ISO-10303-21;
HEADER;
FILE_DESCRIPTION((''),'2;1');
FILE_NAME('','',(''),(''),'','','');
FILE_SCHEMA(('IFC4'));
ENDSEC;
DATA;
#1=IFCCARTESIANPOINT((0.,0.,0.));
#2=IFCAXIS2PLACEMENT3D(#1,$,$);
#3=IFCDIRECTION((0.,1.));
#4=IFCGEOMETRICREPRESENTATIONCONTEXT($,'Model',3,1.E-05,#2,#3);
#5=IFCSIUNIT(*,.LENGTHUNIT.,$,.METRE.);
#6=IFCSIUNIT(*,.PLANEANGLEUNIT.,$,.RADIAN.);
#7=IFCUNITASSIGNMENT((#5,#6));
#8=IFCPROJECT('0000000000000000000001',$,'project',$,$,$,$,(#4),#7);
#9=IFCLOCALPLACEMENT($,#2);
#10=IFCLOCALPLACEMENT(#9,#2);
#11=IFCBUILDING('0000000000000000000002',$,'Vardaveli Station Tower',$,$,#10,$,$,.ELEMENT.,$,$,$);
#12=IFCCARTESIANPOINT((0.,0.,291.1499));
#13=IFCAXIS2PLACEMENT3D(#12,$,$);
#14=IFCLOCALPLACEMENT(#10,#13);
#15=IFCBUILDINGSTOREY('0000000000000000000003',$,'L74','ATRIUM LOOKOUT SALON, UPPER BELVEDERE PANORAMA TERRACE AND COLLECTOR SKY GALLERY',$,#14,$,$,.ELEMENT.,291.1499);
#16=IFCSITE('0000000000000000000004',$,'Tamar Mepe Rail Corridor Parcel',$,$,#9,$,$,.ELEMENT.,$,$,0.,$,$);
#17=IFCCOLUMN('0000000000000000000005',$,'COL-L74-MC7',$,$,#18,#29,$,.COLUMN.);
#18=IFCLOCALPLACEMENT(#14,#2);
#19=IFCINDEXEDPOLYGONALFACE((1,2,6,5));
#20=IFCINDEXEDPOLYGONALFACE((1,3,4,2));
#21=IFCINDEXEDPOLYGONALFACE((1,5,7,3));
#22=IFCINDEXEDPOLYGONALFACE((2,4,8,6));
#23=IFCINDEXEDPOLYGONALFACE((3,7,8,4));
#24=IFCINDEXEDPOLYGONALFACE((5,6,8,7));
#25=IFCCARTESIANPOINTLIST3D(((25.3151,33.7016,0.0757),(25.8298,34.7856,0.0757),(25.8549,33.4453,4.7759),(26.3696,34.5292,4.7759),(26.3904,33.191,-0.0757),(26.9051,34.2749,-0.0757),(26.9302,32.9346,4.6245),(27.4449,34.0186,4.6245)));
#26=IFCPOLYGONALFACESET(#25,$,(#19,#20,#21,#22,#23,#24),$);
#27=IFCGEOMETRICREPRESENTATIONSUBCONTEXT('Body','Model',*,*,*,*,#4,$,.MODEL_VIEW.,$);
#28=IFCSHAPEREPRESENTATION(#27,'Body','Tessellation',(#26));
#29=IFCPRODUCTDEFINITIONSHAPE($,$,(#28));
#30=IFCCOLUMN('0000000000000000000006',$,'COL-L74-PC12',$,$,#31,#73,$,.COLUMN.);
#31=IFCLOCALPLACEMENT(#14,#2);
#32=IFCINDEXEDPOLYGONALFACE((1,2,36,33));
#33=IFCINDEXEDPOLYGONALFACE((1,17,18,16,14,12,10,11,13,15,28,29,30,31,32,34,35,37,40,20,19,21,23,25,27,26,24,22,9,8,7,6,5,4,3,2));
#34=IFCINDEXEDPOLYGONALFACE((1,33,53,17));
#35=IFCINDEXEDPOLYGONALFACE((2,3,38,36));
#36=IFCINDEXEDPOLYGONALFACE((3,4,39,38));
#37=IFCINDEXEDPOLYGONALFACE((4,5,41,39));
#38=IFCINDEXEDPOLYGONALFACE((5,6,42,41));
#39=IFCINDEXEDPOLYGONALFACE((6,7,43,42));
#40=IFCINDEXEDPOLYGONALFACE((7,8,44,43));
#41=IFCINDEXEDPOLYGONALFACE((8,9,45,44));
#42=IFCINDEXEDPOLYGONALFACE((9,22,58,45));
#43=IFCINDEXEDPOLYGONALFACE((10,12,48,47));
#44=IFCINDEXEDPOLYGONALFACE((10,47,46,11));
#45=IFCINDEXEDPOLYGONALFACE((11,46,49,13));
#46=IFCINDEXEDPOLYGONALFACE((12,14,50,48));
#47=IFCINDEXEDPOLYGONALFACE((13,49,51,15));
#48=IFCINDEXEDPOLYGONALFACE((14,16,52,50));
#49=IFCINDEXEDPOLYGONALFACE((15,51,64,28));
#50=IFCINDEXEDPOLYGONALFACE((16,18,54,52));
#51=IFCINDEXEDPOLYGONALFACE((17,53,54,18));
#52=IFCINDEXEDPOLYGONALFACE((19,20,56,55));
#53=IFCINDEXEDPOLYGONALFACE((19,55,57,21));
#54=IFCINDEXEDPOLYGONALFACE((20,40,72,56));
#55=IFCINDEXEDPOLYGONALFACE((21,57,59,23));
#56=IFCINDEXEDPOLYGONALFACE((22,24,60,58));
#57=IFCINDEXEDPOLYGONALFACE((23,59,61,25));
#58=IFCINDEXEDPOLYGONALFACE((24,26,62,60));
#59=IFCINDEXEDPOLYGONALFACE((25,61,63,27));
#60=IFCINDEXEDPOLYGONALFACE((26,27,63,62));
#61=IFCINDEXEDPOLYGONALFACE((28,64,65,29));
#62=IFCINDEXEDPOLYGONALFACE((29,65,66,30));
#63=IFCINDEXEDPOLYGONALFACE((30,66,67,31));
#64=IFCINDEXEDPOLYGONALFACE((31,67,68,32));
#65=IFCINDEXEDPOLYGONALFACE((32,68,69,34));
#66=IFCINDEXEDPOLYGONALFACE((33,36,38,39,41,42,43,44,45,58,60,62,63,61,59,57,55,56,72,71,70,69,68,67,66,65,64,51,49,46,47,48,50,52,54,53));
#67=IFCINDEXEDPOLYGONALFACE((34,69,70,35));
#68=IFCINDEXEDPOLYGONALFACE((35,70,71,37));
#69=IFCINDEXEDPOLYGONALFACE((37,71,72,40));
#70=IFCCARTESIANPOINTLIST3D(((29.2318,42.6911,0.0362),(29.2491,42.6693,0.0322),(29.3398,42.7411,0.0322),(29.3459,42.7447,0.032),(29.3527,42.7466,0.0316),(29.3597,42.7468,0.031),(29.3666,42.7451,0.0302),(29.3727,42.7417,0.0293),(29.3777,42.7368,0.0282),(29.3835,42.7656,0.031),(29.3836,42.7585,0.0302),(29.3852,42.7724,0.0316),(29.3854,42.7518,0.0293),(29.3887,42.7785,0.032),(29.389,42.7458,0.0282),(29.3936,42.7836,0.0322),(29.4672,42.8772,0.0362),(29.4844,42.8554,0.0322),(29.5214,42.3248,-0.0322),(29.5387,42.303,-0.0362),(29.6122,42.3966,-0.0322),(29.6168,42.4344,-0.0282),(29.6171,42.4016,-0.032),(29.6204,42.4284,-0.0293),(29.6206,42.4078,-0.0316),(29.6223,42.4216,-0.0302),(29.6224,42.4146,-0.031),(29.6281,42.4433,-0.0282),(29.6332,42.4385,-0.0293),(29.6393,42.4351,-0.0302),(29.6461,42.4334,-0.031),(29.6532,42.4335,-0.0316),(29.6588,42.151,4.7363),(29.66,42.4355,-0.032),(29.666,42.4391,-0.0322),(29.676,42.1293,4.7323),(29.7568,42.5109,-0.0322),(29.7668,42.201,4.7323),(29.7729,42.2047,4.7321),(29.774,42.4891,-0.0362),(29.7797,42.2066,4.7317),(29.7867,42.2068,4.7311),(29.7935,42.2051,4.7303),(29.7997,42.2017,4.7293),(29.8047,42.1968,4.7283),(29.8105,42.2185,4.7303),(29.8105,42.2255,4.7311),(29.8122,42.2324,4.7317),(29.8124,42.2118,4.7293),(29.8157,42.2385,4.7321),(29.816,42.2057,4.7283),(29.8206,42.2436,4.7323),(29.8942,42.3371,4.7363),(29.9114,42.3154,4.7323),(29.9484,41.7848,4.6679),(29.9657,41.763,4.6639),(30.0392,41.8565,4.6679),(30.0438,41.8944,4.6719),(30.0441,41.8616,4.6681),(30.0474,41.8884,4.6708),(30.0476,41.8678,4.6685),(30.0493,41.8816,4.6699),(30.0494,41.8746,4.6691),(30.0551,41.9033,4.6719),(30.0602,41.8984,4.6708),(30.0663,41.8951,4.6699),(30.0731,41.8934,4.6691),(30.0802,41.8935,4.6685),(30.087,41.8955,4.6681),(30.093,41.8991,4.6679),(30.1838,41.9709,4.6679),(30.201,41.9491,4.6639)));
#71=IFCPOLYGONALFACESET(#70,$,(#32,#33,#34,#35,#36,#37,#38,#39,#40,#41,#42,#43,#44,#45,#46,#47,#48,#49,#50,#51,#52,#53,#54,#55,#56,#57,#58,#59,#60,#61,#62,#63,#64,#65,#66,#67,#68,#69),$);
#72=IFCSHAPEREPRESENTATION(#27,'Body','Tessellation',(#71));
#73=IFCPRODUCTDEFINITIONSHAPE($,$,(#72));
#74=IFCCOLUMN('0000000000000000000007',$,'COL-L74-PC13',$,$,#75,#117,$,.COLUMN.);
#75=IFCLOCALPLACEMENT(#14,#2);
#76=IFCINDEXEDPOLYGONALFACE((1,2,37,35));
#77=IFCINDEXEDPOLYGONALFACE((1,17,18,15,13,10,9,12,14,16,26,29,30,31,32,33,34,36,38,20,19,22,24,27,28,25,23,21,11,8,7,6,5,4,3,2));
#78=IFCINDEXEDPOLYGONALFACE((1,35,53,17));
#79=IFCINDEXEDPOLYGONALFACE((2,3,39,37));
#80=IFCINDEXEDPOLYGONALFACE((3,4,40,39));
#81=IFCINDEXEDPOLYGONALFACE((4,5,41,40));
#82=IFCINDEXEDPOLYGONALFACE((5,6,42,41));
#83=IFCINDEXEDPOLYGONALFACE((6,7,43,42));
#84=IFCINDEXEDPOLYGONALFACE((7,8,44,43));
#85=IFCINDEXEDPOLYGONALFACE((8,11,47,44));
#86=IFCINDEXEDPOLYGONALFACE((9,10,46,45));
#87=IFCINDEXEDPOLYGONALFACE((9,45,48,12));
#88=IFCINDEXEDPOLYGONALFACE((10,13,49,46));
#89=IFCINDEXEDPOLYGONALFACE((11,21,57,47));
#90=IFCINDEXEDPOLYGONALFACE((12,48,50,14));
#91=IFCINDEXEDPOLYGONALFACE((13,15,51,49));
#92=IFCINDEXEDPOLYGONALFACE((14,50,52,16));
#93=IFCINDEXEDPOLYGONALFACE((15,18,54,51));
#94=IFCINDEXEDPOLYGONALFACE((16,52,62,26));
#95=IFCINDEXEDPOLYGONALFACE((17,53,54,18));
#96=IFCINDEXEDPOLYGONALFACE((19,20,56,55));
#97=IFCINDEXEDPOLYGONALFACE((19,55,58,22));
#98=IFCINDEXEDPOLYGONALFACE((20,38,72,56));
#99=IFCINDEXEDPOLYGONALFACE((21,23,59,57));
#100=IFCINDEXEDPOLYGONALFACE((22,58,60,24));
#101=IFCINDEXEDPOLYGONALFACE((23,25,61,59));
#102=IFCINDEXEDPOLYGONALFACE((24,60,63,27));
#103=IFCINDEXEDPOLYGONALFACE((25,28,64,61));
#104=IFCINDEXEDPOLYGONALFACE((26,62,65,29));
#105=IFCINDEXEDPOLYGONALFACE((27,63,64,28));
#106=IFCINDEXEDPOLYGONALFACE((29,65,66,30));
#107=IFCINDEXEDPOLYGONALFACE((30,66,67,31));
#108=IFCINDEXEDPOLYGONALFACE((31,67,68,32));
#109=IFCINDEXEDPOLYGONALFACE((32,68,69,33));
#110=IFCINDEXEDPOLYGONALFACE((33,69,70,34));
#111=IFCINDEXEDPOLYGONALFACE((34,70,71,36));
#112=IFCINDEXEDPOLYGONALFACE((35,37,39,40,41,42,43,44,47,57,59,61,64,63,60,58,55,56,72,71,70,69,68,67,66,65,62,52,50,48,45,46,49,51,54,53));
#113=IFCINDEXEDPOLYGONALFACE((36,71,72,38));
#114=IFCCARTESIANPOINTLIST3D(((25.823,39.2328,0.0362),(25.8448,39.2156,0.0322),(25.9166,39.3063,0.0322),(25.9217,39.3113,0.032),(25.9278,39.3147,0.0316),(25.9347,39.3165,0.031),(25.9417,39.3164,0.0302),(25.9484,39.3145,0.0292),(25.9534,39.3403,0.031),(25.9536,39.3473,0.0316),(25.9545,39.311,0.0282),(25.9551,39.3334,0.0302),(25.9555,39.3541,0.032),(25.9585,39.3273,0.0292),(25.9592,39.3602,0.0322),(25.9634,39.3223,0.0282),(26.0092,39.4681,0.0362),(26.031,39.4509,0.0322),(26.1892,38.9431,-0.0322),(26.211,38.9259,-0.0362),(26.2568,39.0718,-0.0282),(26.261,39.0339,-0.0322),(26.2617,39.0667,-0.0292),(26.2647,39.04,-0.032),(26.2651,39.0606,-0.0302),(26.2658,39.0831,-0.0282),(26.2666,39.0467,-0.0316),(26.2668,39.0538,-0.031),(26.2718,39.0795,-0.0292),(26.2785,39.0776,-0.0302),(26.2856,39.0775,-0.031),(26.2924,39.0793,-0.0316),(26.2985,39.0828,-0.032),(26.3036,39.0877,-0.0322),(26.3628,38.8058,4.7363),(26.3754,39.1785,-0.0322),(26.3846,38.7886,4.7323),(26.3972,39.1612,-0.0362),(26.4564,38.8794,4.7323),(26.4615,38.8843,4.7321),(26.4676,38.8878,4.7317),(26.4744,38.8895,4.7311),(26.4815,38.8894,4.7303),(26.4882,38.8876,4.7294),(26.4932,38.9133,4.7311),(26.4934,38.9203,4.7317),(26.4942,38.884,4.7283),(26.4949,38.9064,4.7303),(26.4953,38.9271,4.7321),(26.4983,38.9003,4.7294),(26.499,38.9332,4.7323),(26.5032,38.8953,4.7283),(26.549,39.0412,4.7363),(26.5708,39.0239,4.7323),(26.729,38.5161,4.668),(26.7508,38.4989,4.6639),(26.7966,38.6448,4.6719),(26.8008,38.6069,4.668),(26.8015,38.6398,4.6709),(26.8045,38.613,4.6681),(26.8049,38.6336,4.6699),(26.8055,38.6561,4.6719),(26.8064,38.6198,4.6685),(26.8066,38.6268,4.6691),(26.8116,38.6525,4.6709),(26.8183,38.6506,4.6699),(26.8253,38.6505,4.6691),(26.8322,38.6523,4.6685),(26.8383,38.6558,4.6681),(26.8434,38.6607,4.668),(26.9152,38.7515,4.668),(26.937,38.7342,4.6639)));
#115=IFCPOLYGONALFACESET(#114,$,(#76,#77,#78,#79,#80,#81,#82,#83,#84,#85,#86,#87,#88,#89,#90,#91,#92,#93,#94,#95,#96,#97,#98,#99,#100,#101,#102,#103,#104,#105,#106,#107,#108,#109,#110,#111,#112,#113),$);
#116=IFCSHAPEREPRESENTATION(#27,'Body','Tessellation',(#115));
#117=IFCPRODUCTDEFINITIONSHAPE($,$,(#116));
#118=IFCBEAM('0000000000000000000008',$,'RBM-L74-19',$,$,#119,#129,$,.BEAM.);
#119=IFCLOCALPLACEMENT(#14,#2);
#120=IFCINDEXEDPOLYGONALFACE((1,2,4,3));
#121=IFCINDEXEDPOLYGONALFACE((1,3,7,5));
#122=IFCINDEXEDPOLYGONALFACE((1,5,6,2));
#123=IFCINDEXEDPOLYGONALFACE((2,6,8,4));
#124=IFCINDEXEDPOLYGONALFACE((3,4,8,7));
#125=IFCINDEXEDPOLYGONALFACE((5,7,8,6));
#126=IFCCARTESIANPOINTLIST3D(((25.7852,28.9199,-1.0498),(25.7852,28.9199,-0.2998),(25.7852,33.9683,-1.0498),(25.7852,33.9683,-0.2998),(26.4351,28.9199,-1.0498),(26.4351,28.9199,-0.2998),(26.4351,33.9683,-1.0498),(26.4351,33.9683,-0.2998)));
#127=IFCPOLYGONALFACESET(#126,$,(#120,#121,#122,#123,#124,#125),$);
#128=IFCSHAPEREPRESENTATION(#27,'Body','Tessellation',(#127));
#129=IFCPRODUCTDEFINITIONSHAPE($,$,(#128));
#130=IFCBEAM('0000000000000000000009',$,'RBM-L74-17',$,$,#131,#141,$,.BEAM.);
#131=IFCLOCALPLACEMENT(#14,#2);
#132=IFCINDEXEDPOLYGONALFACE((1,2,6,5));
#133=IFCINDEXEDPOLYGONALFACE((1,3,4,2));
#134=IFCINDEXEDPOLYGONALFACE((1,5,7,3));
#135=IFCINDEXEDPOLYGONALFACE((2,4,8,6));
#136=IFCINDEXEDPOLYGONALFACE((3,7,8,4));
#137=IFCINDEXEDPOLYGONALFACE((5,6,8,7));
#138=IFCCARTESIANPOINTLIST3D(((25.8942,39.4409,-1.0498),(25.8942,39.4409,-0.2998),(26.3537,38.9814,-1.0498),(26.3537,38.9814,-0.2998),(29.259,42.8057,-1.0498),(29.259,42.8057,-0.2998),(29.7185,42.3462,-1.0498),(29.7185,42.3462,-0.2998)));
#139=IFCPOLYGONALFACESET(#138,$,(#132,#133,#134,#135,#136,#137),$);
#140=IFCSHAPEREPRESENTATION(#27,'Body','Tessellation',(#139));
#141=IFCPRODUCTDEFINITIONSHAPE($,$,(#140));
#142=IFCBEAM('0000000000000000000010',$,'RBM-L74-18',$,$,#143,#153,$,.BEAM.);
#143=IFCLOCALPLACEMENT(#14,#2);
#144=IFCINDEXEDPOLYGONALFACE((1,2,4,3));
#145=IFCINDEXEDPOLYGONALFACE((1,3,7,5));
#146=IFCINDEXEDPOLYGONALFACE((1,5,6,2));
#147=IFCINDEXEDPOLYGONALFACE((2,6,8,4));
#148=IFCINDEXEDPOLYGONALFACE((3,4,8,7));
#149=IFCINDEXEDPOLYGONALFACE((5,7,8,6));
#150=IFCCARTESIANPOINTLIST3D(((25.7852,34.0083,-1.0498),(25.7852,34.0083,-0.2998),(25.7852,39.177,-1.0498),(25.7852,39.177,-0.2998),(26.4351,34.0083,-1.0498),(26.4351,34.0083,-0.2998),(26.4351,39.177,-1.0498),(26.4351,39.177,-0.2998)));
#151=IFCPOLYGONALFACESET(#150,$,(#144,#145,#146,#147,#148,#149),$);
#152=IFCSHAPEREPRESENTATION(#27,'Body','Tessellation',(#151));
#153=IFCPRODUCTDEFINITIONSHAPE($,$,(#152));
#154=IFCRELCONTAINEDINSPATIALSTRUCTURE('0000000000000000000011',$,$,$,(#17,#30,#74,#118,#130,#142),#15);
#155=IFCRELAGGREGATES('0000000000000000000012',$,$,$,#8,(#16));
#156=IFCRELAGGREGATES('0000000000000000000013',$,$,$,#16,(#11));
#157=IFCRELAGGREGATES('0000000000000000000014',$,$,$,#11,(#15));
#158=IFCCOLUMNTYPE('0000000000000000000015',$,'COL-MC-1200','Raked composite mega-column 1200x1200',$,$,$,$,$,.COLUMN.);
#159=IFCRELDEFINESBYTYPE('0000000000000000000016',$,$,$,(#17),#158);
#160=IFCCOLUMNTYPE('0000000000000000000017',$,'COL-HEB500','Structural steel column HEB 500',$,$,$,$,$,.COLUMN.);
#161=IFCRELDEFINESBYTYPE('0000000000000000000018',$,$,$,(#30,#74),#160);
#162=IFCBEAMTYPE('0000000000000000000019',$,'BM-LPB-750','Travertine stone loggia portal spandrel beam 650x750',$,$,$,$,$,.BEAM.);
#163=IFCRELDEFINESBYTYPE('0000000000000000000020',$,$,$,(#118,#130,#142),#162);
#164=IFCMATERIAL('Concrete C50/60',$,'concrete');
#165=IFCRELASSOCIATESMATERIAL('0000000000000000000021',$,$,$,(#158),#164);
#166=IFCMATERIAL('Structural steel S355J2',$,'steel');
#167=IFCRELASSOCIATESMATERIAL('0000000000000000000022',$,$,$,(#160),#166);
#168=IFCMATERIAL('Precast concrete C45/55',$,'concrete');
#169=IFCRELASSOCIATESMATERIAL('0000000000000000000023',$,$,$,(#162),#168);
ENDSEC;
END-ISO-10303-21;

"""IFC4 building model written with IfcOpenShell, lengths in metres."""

from ifc_helpers import new_model, si_unit, direction, frame, origin, origin_2d, place, context, subcontext, project, spatial, rectangle, i_section, extrude, source, transform, mapped, material, material_profile, profile_set, type_object, element, save


model = new_model("IFC4")

# Units and contexts
model_context = context("Model", 3, precision=1e-05, world=origin(), true_north=direction((0.0, 1.0)))
body_context = subcontext(model_context, "Body", "Model", "MODEL_VIEW")
ifc_project = project(units=[si_unit("LENGTHUNIT", "METRE"), si_unit("PLANEANGLEUNIT", "RADIAN")], contexts=[model_context])

# Site, building, storey
site_placement = place(None, origin())
site = spatial("IfcSite", under=ifc_project, at=site_placement, Name="Tamar Mepe Rail Corridor Parcel", CompositionType="ELEMENT", RefElevation=0.0)
building_placement = place(site_placement, origin())
building = spatial("IfcBuilding", under=site, at=building_placement, Name="Vardaveli Station Tower", CompositionType="ELEMENT")
storey_placement = place(building_placement, frame((0.0, 0.0, 291.1499)))
storey = spatial("IfcBuildingStorey", under=building, at=storey_placement, Name="L74", Description="ATRIUM LOOKOUT SALON, UPPER BELVEDERE PANORAMA TERRACE AND COLLECTOR SKY GALLERY", CompositionType="ELEMENT", Elevation=291.1499)

# Columns
ifc_material_1 = material(Name="Concrete C50/60", Category="concrete")
ifc_material_profile_1 = material_profile(ifc_material_1, rectangle(XDim=1.2, YDim=1.2, at=origin_2d()), Name="MC 1200x1200")
ifc_profile_set_1 = profile_set([ifc_material_profile_1], Name="Concrete C50/60")
column_type_1 = type_object("IfcColumnType", Name="COL-MC-1200", Description="Raked composite mega-column 1200x1200", PredefinedType="COLUMN", material=ifc_profile_set_1)
shared_shape_1 = source(origin(), body_context, "Body", "SweptSolid", [
    extrude(rectangle(XDim=1.2, YDim=1.2, at=origin_2d()), origin(), (0.0, 0.0, 1.0), 4.738),
])
column_placement = place(storey_placement, frame((26.1101, 33.9883, 0.0), z_axis=(0.113928, -0.054104, 0.992015), x_axis=(0.428982, 0.903313, 0.0)))
element("IfcColumn", 1, at=column_placement, inside=storey, type_object=column_type_1, Name="COL-L74-MC7", PredefinedType="COLUMN", context=body_context, shape_type="MappedRepresentation", body=[
    mapped(shared_shape_1, transform((0.0, 0.0, 0.0), scale=1.0)),
])
ifc_material_2 = material(Name="Structural steel S355J2", Category="steel")
ifc_material_profile_2 = material_profile(ifc_material_2, i_section(OverallWidth=0.3, OverallDepth=0.5, WebThickness=0.0144, FlangeThickness=0.0281, FilletRadius=0.0271, at=origin_2d()), Name="HEB 500")
ifc_profile_set_2 = profile_set([ifc_material_profile_2], Name="Structural steel S355J2")
column_type_2 = type_object("IfcColumnType", Name="COL-HEB500", Description="Structural steel column HEB 500", PredefinedType="COLUMN", material=ifc_profile_set_2)
shared_shape_2 = source(origin(), body_context, "Body", "SweptSolid", [
    extrude(i_section(OverallWidth=0.3, OverallDepth=0.5, WebThickness=0.0144, FlangeThickness=0.0281, FilletRadius=0.0271, at=origin_2d()), origin(), (0.0, 0.0, 1.0), 4.7502),
])
for number, where, z_axis, x_axis, name in (
    (2, (29.5029, 42.5901, 0.0), (0.089889, -0.113684, 0.989442), (0.78442, 0.620231, 0.0), "COL-L74-PC12"),
    (3, (26.1101, 39.197, 0.0), (0.113633, -0.089889, 0.989448), (0.620403, 0.784283, 0.0), "COL-L74-PC13"),
):
    element("IfcColumn", number, at=place(storey_placement, frame(where, z_axis=z_axis, x_axis=x_axis)), inside=storey, type_object=column_type_2, Name=name, PredefinedType="COLUMN", context=body_context, shape_type="MappedRepresentation", body=[
        mapped(shared_shape_2, transform((0.0, 0.0, 0.0), scale=1.0)),
    ])

# Beams
ifc_material_3 = material(Name="Precast concrete C45/55", Category="concrete")
ifc_material_profile_3 = material_profile(ifc_material_3, rectangle(XDim=0.6499, YDim=0.75, at=origin_2d()), Name="LPB 650x750")
ifc_profile_set_3 = profile_set([ifc_material_profile_3], Name="Precast concrete C45/55")
beam_type_1 = type_object("IfcBeamType", Name="BM-LPB-750", Description="Travertine stone loggia portal spandrel beam 650x750", PredefinedType="BEAM", material=ifc_profile_set_3)
shared_shape_3 = source(origin(), body_context, "Body", "SweptSolid", [
    extrude(rectangle(XDim=0.6499, YDim=0.75, at=origin_2d()), origin(), (0.0, 0.0, 1.0), 5.0483),
])
beam_1_placement = place(storey_placement, frame((26.1101, 33.9683, -0.6748), z_axis=(0.0, -1.0, 0.0), x_axis=(1.0, 0.0, 0.0)))
element("IfcBeam", 4, at=beam_1_placement, inside=storey, type_object=beam_type_1, Name="RBM-L74-19", PredefinedType="BEAM", context=body_context, shape_type="MappedRepresentation", body=[
    mapped(shared_shape_3, transform((0.0, 0.0, 0.0), scale=1.0)),
])
shared_shape_4 = source(origin(), body_context, "Body", "SweptSolid", [
    extrude(rectangle(XDim=0.6499, YDim=0.75, at=origin_2d()), origin(), (0.0, 0.0, 1.0), 4.7585),
])
beam_2_placement = place(storey_placement, frame((29.4888, 42.5759, -0.6748), z_axis=(-0.707107, -0.707107, 0.0), x_axis=(0.707107, -0.707107, 0.0)))
element("IfcBeam", 5, at=beam_2_placement, inside=storey, type_object=beam_type_1, Name="RBM-L74-17", PredefinedType="BEAM", context=body_context, shape_type="MappedRepresentation", body=[
    mapped(shared_shape_4, transform((0.0, 0.0, 0.0), scale=1.0)),
])
shared_shape_5 = source(origin(), body_context, "Body", "SweptSolid", [
    extrude(rectangle(XDim=0.6499, YDim=0.75, at=origin_2d()), origin(), (0.0, 0.0, 1.0), 5.1687),
])
beam_3_placement = place(storey_placement, frame((26.1101, 39.177, -0.6748), z_axis=(0.0, -1.0, 0.0), x_axis=(1.0, 0.0, 0.0)))
element("IfcBeam", 6, at=beam_3_placement, inside=storey, type_object=beam_type_1, Name="RBM-L74-18", PredefinedType="BEAM", context=body_context, shape_type="MappedRepresentation", body=[
    mapped(shared_shape_5, transform((0.0, 0.0, 0.0), scale=1.0)),
])

save(model, "model.ifc")
